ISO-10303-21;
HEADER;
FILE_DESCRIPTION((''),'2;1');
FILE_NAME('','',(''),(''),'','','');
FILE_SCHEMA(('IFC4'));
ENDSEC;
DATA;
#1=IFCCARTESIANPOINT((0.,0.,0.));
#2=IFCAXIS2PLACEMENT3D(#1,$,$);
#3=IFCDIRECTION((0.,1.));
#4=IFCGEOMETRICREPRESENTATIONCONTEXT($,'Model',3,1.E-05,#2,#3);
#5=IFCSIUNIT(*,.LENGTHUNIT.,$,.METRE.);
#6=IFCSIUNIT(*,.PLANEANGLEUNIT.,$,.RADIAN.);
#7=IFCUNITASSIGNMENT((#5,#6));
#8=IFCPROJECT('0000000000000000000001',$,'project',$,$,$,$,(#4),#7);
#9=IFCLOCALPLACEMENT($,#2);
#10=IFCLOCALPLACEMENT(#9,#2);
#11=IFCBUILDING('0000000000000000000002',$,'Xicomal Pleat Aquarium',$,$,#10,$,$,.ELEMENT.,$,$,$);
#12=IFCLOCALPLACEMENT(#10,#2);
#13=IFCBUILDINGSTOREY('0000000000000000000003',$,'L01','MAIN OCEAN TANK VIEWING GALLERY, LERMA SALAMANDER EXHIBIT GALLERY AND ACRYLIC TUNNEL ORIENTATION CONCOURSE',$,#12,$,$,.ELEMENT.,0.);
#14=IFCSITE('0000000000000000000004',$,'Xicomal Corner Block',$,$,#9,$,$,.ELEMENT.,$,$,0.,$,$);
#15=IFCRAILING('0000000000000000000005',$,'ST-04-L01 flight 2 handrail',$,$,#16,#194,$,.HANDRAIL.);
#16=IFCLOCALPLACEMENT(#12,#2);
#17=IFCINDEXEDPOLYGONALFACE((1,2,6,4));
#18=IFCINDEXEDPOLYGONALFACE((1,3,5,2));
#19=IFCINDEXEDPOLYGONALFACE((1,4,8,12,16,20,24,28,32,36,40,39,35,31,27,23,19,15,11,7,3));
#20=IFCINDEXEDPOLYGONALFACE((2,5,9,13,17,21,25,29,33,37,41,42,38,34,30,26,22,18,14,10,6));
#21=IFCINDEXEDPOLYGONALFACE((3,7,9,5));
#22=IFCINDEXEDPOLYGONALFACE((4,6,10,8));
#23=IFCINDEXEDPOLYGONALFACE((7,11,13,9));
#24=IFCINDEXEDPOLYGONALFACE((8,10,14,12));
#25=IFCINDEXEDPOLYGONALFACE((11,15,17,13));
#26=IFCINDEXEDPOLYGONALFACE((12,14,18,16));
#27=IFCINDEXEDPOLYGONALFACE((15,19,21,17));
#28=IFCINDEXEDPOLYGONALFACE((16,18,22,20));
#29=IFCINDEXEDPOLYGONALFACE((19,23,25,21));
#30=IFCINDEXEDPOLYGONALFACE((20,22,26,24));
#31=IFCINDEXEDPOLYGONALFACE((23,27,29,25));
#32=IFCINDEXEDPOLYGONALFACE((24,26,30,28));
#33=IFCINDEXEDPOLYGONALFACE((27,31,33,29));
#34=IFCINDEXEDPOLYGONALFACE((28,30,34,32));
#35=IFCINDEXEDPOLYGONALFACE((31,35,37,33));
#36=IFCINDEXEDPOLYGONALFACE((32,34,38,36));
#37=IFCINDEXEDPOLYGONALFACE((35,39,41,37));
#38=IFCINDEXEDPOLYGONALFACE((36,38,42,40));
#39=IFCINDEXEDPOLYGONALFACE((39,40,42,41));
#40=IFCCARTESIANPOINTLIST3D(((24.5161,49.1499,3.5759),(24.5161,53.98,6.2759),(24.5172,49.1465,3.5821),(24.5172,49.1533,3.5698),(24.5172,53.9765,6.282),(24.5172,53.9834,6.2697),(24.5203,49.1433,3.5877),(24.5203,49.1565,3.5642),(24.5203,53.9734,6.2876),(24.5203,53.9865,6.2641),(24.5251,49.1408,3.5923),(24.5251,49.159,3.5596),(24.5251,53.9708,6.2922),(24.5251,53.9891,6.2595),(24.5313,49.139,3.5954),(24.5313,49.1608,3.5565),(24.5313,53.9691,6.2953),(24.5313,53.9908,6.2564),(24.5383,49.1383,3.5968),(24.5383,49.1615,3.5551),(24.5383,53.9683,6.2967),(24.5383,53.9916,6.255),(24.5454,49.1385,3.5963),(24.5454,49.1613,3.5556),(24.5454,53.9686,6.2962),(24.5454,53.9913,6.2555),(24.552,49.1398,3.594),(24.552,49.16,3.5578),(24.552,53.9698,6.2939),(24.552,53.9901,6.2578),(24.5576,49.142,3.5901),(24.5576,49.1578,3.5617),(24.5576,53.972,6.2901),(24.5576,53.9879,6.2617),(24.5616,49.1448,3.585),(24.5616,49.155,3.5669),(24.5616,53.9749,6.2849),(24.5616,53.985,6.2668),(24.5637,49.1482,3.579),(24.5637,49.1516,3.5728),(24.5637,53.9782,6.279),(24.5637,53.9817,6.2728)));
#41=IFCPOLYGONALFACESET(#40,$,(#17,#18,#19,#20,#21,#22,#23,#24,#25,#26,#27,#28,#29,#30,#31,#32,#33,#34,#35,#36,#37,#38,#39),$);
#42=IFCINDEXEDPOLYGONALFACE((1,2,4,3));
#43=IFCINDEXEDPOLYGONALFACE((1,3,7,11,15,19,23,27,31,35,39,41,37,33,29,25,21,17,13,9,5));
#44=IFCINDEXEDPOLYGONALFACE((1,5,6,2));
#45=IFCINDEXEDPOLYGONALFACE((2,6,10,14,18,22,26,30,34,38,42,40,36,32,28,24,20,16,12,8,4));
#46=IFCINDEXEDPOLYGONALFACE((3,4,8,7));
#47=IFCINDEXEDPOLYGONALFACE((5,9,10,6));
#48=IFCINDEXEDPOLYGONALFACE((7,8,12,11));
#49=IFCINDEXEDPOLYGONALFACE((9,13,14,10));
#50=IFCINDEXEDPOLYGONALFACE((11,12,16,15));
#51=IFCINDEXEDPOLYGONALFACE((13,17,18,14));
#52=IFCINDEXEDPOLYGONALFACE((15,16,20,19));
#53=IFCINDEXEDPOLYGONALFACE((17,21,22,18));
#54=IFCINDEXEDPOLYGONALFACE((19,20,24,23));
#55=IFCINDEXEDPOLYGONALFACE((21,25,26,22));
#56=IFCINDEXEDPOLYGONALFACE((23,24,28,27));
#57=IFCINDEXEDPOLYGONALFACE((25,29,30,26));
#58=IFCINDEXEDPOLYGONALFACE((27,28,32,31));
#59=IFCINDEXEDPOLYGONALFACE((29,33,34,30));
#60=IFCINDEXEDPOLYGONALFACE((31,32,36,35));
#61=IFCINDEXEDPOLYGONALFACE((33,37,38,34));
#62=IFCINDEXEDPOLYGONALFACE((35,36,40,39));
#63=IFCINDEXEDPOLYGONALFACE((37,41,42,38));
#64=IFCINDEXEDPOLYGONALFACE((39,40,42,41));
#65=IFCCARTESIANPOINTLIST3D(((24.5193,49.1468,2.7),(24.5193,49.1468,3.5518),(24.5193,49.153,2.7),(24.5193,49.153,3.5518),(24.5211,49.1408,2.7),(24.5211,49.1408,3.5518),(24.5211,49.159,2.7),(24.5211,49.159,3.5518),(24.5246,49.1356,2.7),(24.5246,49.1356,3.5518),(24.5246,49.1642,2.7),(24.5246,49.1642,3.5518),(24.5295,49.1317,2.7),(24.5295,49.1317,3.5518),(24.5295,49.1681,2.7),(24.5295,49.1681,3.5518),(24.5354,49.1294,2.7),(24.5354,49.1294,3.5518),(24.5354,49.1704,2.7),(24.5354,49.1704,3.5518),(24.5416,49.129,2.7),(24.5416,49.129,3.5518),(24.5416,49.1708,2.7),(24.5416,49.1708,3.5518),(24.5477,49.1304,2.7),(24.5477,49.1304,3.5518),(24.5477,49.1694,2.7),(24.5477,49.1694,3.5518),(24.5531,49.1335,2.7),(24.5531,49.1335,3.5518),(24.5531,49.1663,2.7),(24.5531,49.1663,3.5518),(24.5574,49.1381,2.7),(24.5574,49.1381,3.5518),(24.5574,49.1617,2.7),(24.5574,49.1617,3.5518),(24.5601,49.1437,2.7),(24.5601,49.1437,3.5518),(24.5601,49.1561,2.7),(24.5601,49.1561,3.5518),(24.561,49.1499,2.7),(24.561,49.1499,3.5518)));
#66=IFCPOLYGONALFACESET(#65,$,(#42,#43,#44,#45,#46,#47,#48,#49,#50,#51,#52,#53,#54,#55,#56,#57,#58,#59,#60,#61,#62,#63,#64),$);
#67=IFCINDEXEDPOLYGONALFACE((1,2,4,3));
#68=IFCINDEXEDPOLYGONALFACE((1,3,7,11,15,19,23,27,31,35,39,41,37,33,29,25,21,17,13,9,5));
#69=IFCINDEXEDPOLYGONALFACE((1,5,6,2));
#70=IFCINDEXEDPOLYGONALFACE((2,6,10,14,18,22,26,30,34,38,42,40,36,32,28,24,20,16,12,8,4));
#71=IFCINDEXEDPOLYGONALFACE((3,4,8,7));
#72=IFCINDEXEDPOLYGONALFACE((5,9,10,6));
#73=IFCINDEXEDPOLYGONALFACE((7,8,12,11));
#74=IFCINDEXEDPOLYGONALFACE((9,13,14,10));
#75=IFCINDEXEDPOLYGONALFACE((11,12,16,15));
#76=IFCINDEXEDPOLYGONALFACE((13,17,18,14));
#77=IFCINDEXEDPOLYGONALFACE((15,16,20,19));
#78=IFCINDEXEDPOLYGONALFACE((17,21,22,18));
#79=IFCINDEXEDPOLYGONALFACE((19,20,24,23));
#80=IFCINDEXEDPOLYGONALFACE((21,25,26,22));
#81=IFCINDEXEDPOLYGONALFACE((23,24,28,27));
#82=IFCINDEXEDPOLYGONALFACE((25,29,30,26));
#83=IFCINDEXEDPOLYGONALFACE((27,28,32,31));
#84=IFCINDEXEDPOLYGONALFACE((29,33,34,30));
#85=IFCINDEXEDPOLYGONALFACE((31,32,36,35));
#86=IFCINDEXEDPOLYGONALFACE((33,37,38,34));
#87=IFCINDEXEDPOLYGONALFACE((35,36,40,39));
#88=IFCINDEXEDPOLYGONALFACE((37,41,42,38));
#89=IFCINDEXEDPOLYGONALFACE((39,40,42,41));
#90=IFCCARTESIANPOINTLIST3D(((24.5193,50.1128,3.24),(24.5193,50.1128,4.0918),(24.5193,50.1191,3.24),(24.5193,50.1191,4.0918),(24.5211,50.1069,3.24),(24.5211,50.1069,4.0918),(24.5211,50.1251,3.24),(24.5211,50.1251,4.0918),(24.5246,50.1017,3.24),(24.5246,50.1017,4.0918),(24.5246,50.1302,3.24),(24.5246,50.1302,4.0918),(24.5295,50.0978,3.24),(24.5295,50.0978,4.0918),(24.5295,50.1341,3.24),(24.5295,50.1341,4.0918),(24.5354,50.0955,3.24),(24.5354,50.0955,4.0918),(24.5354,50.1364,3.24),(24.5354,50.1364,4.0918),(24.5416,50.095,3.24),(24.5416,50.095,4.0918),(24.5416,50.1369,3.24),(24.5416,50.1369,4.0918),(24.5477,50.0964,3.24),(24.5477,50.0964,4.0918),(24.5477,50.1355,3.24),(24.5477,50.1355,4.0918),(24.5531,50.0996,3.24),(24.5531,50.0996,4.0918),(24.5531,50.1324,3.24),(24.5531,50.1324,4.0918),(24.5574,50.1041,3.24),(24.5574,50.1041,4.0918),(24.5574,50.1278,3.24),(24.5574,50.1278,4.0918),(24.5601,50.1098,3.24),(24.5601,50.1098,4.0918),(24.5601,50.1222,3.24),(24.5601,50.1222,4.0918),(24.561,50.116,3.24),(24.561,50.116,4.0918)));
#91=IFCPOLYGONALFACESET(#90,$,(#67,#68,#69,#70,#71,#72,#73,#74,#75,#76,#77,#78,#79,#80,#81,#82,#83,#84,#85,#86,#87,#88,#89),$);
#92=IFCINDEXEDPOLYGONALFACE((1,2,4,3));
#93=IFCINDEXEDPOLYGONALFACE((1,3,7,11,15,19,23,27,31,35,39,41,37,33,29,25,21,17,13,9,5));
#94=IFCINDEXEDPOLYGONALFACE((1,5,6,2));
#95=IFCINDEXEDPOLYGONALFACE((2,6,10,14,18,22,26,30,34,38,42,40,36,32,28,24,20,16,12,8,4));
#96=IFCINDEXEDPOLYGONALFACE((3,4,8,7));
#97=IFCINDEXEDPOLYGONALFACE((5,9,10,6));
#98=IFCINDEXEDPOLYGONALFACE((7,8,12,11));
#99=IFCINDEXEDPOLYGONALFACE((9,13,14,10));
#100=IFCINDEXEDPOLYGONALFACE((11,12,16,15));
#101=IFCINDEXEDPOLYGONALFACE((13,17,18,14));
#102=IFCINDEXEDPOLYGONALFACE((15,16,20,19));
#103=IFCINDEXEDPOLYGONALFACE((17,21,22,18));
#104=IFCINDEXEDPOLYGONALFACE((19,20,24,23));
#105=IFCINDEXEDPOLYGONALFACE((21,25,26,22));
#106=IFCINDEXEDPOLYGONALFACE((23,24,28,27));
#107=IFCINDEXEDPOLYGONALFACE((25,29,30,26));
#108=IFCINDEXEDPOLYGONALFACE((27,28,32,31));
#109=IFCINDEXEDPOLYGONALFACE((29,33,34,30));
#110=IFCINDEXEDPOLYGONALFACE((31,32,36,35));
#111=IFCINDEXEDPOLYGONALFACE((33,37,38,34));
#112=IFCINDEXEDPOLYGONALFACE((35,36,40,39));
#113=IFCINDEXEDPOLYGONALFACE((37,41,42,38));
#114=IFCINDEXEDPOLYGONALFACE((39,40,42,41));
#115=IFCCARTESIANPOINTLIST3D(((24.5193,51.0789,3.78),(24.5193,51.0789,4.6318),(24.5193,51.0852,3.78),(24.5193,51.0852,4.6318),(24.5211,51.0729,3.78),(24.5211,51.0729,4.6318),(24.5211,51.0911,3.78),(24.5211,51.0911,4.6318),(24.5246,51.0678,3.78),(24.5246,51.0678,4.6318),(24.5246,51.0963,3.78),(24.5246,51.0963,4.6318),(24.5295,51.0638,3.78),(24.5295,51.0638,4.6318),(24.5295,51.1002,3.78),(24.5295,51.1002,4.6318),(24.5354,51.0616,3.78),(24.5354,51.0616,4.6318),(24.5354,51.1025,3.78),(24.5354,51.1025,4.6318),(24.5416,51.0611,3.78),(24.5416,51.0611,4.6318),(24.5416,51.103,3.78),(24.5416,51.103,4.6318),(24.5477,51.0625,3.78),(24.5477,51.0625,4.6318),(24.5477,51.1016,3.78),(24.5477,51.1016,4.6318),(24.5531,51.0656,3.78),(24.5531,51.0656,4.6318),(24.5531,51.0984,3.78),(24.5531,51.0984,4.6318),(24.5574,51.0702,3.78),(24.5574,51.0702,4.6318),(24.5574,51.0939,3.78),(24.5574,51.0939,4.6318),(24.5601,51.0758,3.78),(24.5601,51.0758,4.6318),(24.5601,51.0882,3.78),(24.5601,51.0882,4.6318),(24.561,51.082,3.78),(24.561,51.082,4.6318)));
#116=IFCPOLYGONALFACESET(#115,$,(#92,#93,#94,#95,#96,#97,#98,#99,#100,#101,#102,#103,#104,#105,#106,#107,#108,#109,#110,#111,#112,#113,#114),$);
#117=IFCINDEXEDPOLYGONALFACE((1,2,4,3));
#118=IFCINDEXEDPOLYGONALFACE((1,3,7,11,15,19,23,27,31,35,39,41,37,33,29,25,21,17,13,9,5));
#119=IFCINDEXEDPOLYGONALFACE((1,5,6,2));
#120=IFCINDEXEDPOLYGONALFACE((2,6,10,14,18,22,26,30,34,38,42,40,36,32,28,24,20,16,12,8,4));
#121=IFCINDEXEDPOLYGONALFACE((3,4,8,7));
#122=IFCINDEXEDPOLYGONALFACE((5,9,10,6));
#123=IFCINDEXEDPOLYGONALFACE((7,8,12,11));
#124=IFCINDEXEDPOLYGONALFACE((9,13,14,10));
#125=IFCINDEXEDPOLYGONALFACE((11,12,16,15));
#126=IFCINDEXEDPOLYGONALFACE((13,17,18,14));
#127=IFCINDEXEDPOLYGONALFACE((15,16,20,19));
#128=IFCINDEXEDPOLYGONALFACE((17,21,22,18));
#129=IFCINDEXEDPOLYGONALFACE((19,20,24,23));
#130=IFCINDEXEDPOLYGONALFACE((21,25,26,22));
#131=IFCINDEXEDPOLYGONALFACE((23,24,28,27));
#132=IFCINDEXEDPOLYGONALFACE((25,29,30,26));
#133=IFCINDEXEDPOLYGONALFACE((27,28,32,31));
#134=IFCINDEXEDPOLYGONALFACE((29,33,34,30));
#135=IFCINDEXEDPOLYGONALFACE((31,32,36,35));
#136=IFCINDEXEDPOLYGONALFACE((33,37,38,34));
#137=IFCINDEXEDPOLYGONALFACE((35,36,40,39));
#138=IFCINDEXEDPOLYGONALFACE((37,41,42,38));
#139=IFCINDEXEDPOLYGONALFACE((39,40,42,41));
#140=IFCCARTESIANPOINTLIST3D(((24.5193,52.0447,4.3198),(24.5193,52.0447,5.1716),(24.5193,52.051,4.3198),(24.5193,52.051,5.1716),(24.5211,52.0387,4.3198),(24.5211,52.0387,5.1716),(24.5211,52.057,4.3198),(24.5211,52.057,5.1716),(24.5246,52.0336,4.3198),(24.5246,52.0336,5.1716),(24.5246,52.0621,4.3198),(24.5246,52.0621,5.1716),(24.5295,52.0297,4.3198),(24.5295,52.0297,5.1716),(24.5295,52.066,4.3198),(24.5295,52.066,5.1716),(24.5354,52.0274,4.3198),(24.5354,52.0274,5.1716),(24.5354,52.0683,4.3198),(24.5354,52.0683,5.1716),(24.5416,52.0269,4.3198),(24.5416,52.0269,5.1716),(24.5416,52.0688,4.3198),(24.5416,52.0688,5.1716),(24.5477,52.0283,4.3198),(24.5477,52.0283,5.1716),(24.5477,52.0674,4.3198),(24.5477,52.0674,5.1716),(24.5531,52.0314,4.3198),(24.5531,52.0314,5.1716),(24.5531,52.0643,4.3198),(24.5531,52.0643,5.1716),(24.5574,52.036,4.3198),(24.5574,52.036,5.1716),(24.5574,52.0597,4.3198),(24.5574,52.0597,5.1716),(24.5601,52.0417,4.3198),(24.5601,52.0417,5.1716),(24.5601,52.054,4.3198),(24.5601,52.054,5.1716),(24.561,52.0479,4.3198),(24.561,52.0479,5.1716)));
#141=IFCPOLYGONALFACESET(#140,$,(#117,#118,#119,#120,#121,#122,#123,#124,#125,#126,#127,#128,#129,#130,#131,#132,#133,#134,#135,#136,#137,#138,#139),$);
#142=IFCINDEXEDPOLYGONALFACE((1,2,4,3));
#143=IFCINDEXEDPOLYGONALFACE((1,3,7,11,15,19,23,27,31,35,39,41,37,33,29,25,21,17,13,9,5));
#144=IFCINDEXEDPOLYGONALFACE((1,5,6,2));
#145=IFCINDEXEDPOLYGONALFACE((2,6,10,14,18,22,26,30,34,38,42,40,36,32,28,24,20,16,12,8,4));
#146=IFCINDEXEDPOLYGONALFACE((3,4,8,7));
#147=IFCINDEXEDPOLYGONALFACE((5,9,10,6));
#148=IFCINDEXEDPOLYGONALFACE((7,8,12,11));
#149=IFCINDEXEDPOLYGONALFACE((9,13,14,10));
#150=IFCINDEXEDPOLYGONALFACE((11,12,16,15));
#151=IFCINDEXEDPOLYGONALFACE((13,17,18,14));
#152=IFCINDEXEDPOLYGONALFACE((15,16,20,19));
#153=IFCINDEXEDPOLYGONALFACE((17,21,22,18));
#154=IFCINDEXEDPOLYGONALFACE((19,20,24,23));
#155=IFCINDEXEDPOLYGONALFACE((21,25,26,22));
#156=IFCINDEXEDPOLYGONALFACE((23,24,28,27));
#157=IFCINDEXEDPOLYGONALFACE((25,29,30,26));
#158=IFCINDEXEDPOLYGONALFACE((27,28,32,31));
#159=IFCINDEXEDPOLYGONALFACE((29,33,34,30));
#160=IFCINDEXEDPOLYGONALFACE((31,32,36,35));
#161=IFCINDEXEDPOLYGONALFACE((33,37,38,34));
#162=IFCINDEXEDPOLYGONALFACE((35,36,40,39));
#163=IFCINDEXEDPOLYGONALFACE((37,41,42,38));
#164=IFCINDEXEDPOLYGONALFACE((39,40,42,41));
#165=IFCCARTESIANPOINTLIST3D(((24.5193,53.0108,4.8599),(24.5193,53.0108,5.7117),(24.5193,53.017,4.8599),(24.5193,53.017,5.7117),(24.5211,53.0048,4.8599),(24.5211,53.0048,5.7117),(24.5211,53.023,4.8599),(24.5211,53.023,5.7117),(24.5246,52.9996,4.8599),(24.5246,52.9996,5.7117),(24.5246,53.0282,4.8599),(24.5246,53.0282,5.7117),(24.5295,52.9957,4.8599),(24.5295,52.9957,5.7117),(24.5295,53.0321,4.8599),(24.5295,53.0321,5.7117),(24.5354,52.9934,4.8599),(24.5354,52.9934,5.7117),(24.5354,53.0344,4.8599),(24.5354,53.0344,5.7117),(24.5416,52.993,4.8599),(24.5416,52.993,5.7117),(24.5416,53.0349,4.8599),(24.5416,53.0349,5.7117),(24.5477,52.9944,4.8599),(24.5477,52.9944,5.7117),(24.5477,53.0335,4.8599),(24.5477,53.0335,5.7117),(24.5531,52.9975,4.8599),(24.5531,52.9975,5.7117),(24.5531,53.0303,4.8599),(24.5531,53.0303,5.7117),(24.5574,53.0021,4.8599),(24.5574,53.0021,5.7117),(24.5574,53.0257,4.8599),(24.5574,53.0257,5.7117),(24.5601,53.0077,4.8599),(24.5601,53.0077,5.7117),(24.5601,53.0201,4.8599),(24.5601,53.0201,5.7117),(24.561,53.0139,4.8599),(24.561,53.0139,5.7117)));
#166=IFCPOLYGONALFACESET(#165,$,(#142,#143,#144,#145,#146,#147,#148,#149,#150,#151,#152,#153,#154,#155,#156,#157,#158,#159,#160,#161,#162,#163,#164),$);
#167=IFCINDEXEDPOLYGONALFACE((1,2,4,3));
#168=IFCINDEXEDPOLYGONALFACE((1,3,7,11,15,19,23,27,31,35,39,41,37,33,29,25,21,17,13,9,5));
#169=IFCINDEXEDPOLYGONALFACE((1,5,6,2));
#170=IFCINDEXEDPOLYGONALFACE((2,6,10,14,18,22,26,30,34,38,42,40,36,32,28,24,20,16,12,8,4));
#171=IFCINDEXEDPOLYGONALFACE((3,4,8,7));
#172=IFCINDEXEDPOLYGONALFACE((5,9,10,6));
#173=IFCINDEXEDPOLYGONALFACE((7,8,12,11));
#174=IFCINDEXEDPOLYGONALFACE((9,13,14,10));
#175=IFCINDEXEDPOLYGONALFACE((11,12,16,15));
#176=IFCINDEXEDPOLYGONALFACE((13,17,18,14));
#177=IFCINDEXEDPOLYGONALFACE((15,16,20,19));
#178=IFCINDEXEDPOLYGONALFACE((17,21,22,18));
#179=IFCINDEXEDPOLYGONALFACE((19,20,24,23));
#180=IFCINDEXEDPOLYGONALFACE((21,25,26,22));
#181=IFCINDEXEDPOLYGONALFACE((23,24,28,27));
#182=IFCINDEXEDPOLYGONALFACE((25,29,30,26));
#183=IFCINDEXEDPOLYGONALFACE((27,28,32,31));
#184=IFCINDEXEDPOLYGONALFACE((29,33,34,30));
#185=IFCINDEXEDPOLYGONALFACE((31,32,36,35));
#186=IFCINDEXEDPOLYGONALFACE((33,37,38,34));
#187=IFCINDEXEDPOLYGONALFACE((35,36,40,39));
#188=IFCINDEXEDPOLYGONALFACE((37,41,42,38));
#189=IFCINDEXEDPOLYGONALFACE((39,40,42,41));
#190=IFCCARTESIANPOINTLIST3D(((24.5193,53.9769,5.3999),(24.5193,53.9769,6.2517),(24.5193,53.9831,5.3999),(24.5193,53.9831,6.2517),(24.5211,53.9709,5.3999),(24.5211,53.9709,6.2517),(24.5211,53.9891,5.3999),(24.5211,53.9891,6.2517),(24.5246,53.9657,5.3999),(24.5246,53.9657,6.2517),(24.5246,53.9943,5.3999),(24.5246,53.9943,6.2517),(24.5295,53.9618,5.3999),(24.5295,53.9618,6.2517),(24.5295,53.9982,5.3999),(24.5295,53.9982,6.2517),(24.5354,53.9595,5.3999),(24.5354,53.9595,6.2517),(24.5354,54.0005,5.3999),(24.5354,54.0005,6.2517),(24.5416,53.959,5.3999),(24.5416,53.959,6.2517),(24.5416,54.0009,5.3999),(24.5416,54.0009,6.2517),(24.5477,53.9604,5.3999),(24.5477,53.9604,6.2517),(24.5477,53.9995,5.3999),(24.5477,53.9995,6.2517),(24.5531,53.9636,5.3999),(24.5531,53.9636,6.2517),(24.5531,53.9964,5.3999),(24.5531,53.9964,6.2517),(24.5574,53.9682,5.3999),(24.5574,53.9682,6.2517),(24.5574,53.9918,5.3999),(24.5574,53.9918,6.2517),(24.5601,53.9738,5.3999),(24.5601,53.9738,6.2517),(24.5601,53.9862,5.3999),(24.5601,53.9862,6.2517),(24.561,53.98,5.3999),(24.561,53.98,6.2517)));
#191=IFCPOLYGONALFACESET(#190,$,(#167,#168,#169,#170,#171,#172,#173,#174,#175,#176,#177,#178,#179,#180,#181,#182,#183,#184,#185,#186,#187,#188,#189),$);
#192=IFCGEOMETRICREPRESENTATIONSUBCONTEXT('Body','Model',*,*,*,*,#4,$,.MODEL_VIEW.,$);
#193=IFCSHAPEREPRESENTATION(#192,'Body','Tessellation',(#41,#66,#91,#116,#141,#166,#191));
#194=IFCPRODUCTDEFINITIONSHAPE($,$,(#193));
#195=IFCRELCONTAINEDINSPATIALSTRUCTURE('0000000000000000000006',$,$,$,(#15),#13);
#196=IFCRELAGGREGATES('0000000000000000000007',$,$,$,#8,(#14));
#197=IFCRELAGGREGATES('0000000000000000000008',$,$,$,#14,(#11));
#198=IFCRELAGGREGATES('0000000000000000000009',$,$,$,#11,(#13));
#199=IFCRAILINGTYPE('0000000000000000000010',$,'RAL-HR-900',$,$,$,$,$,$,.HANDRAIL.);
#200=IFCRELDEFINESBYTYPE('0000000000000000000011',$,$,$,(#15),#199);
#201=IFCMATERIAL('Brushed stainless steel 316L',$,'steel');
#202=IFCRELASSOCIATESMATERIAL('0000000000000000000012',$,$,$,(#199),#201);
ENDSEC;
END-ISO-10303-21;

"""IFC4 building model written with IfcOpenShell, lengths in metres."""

from ifc_helpers import new_model, si_unit, direction, frame, origin, origin_2d, place, context, subcontext, project, spatial, circle, extrude, material, type_object, element, save


model = new_model("IFC4")

# Units and contexts
model_context = context("Model", 3, precision=1e-05, world=origin(), true_north=direction((0.0, 1.0)))
body_context = subcontext(model_context, "Body", "Model", "MODEL_VIEW")
ifc_project = project(units=[si_unit("LENGTHUNIT", "METRE"), si_unit("PLANEANGLEUNIT", "RADIAN")], contexts=[model_context])

# Site, building, storey
site_placement = place(None, origin())
site = spatial("IfcSite", under=ifc_project, at=site_placement, Name="Xicomal Corner Block", CompositionType="ELEMENT", RefElevation=0.0)
building_placement = place(site_placement, origin())
building = spatial("IfcBuilding", under=site, at=building_placement, Name="Xicomal Pleat Aquarium", CompositionType="ELEMENT")
storey_placement = place(building_placement, origin())
storey = spatial("IfcBuildingStorey", under=building, at=storey_placement, Name="L01", Description="MAIN OCEAN TANK VIEWING GALLERY, LERMA SALAMANDER EXHIBIT GALLERY AND ACRYLIC TUNNEL ORIENTATION CONCOURSE", CompositionType="ELEMENT", Elevation=0.0)

# Railing
ifc_material_1 = material(Name="Brushed stainless steel 316L", Category="steel")
railing_type_1 = type_object("IfcRailingType", Name="RAL-HR-900", PredefinedType="HANDRAIL", material=ifc_material_1)
railing_1_placement = place(storey_placement, frame((24.54, 49.1499, 2.7)))
element("IfcRailing", 1, at=railing_1_placement, inside=storey, type_object=railing_type_1, Name="ST-04-L01 flight 2 handrail", PredefinedType="HANDRAIL", context=body_context, shape_type="SweptSolid", body=[
    extrude(circle(Radius=0.0239, at=origin_2d()), frame((0.0, 0.0, 0.876), z_axis=(0.0, 0.872883, 0.48793), x_axis=(-1.0, 0.0, 0.0)), (0.0, 0.0, 1.0), 5.5334),
    extrude(circle(Radius=0.021, at=origin_2d()), origin(), (0.0, 0.0, 1.0), 0.8518),
    extrude(circle(Radius=0.021, at=origin_2d()), frame((0.0, 0.9661, 0.54)), (0.0, 0.0, 1.0), 0.8518),
    extrude(circle(Radius=0.021, at=origin_2d()), frame((0.0, 1.9321, 1.0801)), (0.0, 0.0, 1.0), 0.8518),
    extrude(circle(Radius=0.021, at=origin_2d()), frame((0.0, 2.8979, 1.6199)), (0.0, 0.0, 1.0), 0.8518),
    extrude(circle(Radius=0.021, at=origin_2d()), frame((0.0, 3.864, 2.1599)), (0.0, 0.0, 1.0), 0.8518),
    extrude(circle(Radius=0.021, at=origin_2d()), frame((0.0, 4.8301, 2.7)), (0.0, 0.0, 1.0), 0.8518),
])

save(model, "model.ifc")
